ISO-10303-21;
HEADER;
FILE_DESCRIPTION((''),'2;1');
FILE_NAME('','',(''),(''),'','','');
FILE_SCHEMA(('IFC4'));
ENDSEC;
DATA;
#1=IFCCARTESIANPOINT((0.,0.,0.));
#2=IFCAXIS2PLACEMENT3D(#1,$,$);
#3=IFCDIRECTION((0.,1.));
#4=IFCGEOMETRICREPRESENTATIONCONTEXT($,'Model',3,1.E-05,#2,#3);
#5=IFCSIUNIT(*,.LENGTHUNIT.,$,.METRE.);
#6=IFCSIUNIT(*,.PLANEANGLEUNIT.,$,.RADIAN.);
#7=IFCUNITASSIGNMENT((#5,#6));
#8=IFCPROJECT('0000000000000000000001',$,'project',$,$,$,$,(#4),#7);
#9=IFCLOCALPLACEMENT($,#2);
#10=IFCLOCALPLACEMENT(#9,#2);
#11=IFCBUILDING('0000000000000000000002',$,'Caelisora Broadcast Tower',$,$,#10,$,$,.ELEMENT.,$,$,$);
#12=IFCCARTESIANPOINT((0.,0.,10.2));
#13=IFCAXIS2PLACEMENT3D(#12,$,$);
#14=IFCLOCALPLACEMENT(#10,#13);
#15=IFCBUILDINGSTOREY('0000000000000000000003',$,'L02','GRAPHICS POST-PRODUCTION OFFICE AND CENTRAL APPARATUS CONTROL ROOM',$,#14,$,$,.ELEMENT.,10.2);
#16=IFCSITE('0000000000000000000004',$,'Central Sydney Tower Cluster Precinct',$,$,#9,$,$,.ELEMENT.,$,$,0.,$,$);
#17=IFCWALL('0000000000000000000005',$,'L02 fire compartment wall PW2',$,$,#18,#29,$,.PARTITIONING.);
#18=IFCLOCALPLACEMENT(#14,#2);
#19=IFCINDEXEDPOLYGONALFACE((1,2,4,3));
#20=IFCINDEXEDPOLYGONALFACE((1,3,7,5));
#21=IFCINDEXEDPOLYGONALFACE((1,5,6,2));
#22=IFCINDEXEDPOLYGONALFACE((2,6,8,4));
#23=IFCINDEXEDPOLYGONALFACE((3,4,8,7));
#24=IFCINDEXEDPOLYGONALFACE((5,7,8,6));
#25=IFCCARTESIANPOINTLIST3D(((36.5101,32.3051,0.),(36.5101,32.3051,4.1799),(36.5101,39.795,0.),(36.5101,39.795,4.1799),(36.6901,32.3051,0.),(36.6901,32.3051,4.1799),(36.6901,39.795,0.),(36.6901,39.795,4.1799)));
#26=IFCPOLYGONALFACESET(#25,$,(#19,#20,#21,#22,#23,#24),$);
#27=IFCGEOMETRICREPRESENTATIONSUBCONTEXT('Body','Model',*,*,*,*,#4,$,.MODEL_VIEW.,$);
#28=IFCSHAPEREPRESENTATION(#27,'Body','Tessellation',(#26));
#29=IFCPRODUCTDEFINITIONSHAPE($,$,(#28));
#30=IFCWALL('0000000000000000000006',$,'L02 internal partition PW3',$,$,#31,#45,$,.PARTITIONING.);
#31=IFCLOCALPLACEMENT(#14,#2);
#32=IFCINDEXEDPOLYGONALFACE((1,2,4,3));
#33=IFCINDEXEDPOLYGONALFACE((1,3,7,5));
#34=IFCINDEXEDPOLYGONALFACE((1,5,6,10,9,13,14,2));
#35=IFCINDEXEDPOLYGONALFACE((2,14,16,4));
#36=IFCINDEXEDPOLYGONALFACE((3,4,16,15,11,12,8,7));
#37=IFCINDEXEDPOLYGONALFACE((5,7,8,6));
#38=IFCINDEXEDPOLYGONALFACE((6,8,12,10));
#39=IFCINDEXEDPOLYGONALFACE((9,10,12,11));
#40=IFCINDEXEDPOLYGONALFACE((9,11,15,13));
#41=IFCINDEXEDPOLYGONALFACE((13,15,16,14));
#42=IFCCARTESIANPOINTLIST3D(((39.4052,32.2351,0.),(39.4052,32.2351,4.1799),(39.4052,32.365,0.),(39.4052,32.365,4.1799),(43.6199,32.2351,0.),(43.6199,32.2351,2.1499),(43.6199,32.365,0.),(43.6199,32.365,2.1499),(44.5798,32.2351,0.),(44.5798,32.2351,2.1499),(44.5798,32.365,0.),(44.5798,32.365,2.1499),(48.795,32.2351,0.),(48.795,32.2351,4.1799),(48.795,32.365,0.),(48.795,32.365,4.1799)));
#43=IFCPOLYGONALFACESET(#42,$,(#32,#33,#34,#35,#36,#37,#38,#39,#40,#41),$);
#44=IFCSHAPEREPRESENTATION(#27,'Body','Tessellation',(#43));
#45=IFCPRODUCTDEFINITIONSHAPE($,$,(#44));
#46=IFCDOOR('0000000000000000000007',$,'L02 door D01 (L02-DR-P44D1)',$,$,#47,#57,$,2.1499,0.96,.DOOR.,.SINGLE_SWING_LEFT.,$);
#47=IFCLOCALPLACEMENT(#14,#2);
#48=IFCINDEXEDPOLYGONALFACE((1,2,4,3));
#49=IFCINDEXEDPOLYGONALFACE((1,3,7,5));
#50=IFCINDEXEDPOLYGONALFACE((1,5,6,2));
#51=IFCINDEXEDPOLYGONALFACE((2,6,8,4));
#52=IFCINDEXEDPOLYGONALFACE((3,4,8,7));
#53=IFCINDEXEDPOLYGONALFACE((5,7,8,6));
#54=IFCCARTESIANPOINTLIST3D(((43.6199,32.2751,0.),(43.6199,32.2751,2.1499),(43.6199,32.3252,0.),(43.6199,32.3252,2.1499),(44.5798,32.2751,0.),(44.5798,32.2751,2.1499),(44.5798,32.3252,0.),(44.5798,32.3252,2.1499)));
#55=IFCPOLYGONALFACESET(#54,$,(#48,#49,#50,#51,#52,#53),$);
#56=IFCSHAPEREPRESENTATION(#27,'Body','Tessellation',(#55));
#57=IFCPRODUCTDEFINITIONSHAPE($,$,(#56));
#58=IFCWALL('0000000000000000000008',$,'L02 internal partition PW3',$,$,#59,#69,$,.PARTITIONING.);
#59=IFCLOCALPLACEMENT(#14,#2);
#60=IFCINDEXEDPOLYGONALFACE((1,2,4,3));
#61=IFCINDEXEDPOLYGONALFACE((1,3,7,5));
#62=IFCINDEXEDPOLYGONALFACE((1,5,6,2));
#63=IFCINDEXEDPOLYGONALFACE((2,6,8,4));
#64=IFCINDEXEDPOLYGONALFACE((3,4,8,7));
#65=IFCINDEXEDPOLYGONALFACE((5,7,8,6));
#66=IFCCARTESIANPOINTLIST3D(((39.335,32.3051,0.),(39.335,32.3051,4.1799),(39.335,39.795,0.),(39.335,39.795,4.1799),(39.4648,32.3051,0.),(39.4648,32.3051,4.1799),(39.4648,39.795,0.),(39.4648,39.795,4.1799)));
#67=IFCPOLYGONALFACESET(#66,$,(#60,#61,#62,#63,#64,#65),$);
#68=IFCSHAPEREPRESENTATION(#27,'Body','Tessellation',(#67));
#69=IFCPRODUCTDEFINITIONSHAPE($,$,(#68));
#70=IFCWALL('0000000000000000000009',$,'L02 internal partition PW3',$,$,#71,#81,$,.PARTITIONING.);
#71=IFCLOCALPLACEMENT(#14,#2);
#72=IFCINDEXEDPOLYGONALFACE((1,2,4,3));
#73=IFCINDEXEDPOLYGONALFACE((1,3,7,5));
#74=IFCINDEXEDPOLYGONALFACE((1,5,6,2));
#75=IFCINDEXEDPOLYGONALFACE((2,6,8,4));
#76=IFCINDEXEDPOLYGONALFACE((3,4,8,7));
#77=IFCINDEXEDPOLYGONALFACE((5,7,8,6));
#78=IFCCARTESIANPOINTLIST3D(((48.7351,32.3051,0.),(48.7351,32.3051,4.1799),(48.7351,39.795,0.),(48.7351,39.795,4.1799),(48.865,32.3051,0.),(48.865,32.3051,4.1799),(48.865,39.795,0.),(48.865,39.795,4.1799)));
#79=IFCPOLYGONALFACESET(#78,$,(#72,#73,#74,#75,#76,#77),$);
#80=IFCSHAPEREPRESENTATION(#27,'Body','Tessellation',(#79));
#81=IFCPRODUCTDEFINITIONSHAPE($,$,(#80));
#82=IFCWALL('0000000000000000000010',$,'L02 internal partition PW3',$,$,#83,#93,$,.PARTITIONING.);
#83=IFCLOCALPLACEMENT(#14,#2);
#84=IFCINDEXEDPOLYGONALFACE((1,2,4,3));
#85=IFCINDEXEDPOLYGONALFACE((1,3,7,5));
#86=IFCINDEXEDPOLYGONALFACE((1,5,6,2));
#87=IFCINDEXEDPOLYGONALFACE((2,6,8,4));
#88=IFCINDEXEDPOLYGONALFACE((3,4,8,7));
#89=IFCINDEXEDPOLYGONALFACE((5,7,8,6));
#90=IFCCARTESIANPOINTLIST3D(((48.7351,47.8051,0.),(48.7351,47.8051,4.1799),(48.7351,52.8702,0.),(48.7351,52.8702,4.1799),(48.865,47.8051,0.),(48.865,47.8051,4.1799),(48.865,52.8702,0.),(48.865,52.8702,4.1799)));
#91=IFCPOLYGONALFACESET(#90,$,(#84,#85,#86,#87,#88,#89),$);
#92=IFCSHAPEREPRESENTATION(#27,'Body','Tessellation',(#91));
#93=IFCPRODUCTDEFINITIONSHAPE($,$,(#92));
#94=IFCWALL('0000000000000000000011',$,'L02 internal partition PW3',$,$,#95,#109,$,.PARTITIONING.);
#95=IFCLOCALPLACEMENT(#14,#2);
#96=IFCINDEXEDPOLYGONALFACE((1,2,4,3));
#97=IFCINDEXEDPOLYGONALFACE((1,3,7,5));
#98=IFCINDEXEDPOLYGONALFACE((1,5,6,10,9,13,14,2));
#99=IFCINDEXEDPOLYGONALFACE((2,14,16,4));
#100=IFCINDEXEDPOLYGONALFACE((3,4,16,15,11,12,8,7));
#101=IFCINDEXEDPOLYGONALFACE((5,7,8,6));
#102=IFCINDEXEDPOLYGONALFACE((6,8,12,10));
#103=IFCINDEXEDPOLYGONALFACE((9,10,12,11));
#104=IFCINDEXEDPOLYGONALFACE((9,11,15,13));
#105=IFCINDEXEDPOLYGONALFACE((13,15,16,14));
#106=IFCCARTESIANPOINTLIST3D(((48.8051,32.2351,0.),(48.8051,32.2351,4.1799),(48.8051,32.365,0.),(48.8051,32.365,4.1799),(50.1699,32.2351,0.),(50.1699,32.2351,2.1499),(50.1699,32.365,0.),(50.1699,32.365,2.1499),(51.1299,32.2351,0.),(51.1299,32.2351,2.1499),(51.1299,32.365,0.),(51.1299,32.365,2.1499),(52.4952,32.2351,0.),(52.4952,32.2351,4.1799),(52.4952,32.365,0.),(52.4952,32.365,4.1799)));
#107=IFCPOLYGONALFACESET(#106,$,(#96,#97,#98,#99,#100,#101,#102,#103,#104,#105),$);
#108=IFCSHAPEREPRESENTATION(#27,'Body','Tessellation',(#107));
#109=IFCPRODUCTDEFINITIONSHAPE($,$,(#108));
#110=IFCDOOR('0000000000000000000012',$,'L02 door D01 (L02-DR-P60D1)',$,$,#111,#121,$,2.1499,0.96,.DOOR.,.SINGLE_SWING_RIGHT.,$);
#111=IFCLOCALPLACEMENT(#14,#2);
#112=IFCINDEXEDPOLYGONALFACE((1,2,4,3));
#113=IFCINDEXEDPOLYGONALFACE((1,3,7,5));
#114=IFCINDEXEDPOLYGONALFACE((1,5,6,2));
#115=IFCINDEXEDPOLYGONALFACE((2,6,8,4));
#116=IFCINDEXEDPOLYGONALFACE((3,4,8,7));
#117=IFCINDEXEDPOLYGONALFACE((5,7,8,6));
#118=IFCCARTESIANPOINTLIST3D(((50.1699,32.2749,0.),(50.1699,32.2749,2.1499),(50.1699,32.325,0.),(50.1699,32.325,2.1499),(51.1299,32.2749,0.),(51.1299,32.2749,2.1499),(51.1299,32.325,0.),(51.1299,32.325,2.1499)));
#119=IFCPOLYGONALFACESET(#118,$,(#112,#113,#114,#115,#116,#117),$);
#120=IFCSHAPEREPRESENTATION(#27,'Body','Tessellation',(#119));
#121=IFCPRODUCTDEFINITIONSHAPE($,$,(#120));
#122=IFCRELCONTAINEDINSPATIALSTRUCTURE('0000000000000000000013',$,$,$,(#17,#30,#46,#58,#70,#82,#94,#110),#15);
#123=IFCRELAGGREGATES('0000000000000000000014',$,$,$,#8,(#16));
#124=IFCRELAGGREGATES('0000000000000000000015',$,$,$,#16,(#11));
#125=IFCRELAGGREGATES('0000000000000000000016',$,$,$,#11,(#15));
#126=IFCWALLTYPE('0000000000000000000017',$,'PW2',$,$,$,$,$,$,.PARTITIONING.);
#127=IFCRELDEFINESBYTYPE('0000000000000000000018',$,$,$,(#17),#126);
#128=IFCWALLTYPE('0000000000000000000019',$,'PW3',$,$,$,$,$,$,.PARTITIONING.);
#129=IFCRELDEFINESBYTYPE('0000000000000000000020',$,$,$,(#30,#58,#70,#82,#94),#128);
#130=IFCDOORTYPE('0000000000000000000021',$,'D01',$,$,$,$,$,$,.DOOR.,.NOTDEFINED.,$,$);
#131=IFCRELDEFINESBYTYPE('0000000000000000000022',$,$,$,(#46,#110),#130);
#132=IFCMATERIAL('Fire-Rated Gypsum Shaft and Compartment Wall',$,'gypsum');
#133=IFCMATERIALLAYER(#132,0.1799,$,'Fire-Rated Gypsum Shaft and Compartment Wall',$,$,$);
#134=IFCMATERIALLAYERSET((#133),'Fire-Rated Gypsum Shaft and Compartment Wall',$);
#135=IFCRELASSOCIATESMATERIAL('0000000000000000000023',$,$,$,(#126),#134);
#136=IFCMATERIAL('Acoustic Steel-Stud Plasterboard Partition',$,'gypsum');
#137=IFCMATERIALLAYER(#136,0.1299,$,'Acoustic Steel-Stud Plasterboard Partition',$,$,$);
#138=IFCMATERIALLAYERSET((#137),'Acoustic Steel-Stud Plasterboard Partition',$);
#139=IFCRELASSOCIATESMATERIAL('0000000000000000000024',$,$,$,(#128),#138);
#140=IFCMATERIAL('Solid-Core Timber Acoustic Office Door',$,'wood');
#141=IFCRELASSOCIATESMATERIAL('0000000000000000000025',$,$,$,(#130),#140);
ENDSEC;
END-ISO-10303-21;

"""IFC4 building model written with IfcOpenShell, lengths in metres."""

from ifc_helpers import new_model, si_unit, direction, frame, frame_2d, origin, place, context, subcontext, project, spatial, rectangle, extrude, material, layer, layer_set, type_object, element, fill, save


model = new_model("IFC4")

# Units and contexts
model_context = context("Model", 3, precision=1e-05, world=origin(), true_north=direction((0.0, 1.0)))
body_context = subcontext(model_context, "Body", "Model", "MODEL_VIEW")
ifc_project = project(units=[si_unit("LENGTHUNIT", "METRE"), si_unit("PLANEANGLEUNIT", "RADIAN")], contexts=[model_context])

# Site, building, storey
site_placement = place(None, origin())
site = spatial("IfcSite", under=ifc_project, at=site_placement, Name="Central Sydney Tower Cluster Precinct", CompositionType="ELEMENT", RefElevation=0.0)
building_placement = place(site_placement, origin())
building = spatial("IfcBuilding", under=site, at=building_placement, Name="Caelisora Broadcast Tower", CompositionType="ELEMENT")
storey_placement = place(building_placement, frame((0.0, 0.0, 10.2)))
storey = spatial("IfcBuildingStorey", under=building, at=storey_placement, Name="L02", Description="GRAPHICS POST-PRODUCTION OFFICE AND CENTRAL APPARATUS CONTROL ROOM", CompositionType="ELEMENT", Elevation=10.2)

# Wall
ifc_material_1 = material(Name="Fire-Rated Gypsum Shaft and Compartment Wall", Category="gypsum")
ifc_layer_1 = layer(ifc_material_1, 0.1799, Name="Fire-Rated Gypsum Shaft and Compartment Wall")
ifc_layer_set_1 = layer_set([ifc_layer_1], Name="Fire-Rated Gypsum Shaft and Compartment Wall")
wall_type_1 = type_object("IfcWallType", Name="PW2", PredefinedType="PARTITIONING", material=ifc_layer_set_1)
wall_1_placement = place(storey_placement, frame((36.6001, 32.3049, 0.0), z_axis=(0.0, 0.0, 1.0), x_axis=(0.0, 1.0, 0.0)))
element("IfcWall", 1, at=wall_1_placement, inside=storey, type_object=wall_type_1, Name="L02 fire compartment wall PW2", PredefinedType="PARTITIONING", context=body_context, shape_type="SweptSolid", body=[
    extrude(rectangle(XDim=7.49, YDim=0.1799, at=frame_2d((3.7451, 0.0))), origin(), (0.0, 0.0, 1.0), 4.1799),
])

# Wall, opening, door
ifc_material_2 = material(Name="Acoustic Steel-Stud Plasterboard Partition", Category="gypsum")
ifc_layer_2 = layer(ifc_material_2, 0.1299, Name="Acoustic Steel-Stud Plasterboard Partition")
ifc_layer_set_2 = layer_set([ifc_layer_2], Name="Acoustic Steel-Stud Plasterboard Partition")
wall_type_2 = type_object("IfcWallType", Name="PW3", PredefinedType="PARTITIONING", material=ifc_layer_set_2)
wall_2_placement = place(storey_placement, frame((48.7949, 32.3, 0.0), z_axis=(0.0, 0.0, 1.0), x_axis=(-1.0, 0.0, 0.0)))
wall_2 = element("IfcWall", 2, at=wall_2_placement, inside=storey, type_object=wall_type_2, Name="L02 internal partition PW3", PredefinedType="PARTITIONING", context=body_context, shape_type="SweptSolid", body=[
    extrude(rectangle(XDim=9.3899, YDim=0.1299, at=frame_2d((4.6948, 0.0))), origin(), (0.0, 0.0, 1.0), 4.1799),
])
opening_1_placement = place(wall_2_placement, frame((4.2151, 0.0, 0.0)))
opening_1 = element("IfcOpeningElement", 3, at=opening_1_placement, cuts=wall_2, PredefinedType="OPENING", context=body_context, shape_type="SweptSolid", body=[
    extrude(rectangle(XDim=0.96, YDim=2.1499, at=frame_2d((0.48, 1.075))), frame((0.0, 0.0769, 0.0), z_axis=(0.0, -1.0, 0.0), x_axis=(1.0, 0.0, 0.0)), (0.0, 0.0, 1.0), 0.1538),
])
ifc_material_3 = material(Name="Solid-Core Timber Acoustic Office Door", Category="wood")
door_type_1 = type_object("IfcDoorType", Name="D01", OperationType="NOTDEFINED", PredefinedType="DOOR", material=ifc_material_3)
door_1_placement = place(opening_1_placement, origin())
door_1 = element("IfcDoor", 4, at=door_1_placement, inside=storey, type_object=door_type_1, Name="L02 door D01 (L02-DR-P44D1)", OperationType="SINGLE_SWING_LEFT", OverallHeight=2.1499, OverallWidth=0.96, PredefinedType="DOOR", context=body_context, shape_type="SweptSolid", body=[
    extrude(rectangle(XDim=0.96, YDim=2.1499, at=frame_2d((0.48, 1.075))), frame((0.0, 0.0249, 0.0), z_axis=(0.0, -1.0, 0.0), x_axis=(1.0, 0.0, 0.0)), (0.0, 0.0, 1.0), 0.05),
])
fill(opening_1, door_1)

# Walls
for number, where, z_axis, x_axis, name in (
    (5, (39.3999, 32.3049, 0.0), (0.0, 0.0, 1.0), (0.0, 1.0, 0.0), "L02 internal partition PW3"),
    (6, (48.8, 32.3049, 0.0), (0.0, 0.0, 1.0), (0.0, 1.0, 0.0), "L02 internal partition PW3"),
):
    element("IfcWall", number, at=place(storey_placement, frame(where, z_axis=z_axis, x_axis=x_axis)), inside=storey, type_object=wall_type_2, Name=name, PredefinedType="PARTITIONING", context=body_context, shape_type="SweptSolid", body=[
        extrude(rectangle(XDim=7.49, YDim=0.1299, at=frame_2d((3.7451, 0.0))), origin(), (0.0, 0.0, 1.0), 4.1799),
    ])
wall_3_placement = place(storey_placement, frame((48.8, 47.8049, 0.0), z_axis=(0.0, 0.0, 1.0), x_axis=(0.0, 1.0, 0.0)))
element("IfcWall", 7, at=wall_3_placement, inside=storey, type_object=wall_type_2, Name="L02 internal partition PW3", PredefinedType="PARTITIONING", context=body_context, shape_type="SweptSolid", body=[
    extrude(rectangle(XDim=5.0652, YDim=0.1299, at=frame_2d((2.5327, 0.0))), origin(), (0.0, 0.0, 1.0), 4.1799),
])

# Wall, opening, door
wall_4_placement = place(storey_placement, frame((48.8049, 32.3, 0.0), z_axis=(0.0, 0.0, 1.0), x_axis=(1.0, 0.0, 0.0)))
wall_4 = element("IfcWall", 8, at=wall_4_placement, inside=storey, type_object=wall_type_2, Name="L02 internal partition PW3", PredefinedType="PARTITIONING", context=body_context, shape_type="SweptSolid", body=[
    extrude(rectangle(XDim=3.6902, YDim=0.1299, at=frame_2d((1.8452, 0.0))), origin(), (0.0, 0.0, 1.0), 4.1799),
])
opening_2_placement = place(wall_4_placement, frame((1.365, 0.0, 0.0)))
opening_2 = element("IfcOpeningElement", 9, at=opening_2_placement, cuts=wall_4, PredefinedType="OPENING", context=body_context, shape_type="SweptSolid", body=[
    extrude(rectangle(XDim=0.96, YDim=2.1499, at=frame_2d((0.48, 1.075))), frame((0.0, 0.0769, 0.0), z_axis=(0.0, -1.0, 0.0), x_axis=(1.0, 0.0, 0.0)), (0.0, 0.0, 1.0), 0.1538),
])
door_2_placement = place(opening_2_placement, origin())
door_2 = element("IfcDoor", 10, at=door_2_placement, inside=storey, type_object=door_type_1, Name="L02 door D01 (L02-DR-P60D1)", OperationType="SINGLE_SWING_RIGHT", OverallHeight=2.1499, OverallWidth=0.96, PredefinedType="DOOR", context=body_context, shape_type="SweptSolid", body=[
    extrude(rectangle(XDim=0.96, YDim=2.1499, at=frame_2d((0.48, 1.075))), frame((0.0, 0.0249, 0.0), z_axis=(0.0, -1.0, 0.0), x_axis=(1.0, 0.0, 0.0)), (0.0, 0.0, 1.0), 0.05),
])
fill(opening_2, door_2)

save(model, "model.ifc")
